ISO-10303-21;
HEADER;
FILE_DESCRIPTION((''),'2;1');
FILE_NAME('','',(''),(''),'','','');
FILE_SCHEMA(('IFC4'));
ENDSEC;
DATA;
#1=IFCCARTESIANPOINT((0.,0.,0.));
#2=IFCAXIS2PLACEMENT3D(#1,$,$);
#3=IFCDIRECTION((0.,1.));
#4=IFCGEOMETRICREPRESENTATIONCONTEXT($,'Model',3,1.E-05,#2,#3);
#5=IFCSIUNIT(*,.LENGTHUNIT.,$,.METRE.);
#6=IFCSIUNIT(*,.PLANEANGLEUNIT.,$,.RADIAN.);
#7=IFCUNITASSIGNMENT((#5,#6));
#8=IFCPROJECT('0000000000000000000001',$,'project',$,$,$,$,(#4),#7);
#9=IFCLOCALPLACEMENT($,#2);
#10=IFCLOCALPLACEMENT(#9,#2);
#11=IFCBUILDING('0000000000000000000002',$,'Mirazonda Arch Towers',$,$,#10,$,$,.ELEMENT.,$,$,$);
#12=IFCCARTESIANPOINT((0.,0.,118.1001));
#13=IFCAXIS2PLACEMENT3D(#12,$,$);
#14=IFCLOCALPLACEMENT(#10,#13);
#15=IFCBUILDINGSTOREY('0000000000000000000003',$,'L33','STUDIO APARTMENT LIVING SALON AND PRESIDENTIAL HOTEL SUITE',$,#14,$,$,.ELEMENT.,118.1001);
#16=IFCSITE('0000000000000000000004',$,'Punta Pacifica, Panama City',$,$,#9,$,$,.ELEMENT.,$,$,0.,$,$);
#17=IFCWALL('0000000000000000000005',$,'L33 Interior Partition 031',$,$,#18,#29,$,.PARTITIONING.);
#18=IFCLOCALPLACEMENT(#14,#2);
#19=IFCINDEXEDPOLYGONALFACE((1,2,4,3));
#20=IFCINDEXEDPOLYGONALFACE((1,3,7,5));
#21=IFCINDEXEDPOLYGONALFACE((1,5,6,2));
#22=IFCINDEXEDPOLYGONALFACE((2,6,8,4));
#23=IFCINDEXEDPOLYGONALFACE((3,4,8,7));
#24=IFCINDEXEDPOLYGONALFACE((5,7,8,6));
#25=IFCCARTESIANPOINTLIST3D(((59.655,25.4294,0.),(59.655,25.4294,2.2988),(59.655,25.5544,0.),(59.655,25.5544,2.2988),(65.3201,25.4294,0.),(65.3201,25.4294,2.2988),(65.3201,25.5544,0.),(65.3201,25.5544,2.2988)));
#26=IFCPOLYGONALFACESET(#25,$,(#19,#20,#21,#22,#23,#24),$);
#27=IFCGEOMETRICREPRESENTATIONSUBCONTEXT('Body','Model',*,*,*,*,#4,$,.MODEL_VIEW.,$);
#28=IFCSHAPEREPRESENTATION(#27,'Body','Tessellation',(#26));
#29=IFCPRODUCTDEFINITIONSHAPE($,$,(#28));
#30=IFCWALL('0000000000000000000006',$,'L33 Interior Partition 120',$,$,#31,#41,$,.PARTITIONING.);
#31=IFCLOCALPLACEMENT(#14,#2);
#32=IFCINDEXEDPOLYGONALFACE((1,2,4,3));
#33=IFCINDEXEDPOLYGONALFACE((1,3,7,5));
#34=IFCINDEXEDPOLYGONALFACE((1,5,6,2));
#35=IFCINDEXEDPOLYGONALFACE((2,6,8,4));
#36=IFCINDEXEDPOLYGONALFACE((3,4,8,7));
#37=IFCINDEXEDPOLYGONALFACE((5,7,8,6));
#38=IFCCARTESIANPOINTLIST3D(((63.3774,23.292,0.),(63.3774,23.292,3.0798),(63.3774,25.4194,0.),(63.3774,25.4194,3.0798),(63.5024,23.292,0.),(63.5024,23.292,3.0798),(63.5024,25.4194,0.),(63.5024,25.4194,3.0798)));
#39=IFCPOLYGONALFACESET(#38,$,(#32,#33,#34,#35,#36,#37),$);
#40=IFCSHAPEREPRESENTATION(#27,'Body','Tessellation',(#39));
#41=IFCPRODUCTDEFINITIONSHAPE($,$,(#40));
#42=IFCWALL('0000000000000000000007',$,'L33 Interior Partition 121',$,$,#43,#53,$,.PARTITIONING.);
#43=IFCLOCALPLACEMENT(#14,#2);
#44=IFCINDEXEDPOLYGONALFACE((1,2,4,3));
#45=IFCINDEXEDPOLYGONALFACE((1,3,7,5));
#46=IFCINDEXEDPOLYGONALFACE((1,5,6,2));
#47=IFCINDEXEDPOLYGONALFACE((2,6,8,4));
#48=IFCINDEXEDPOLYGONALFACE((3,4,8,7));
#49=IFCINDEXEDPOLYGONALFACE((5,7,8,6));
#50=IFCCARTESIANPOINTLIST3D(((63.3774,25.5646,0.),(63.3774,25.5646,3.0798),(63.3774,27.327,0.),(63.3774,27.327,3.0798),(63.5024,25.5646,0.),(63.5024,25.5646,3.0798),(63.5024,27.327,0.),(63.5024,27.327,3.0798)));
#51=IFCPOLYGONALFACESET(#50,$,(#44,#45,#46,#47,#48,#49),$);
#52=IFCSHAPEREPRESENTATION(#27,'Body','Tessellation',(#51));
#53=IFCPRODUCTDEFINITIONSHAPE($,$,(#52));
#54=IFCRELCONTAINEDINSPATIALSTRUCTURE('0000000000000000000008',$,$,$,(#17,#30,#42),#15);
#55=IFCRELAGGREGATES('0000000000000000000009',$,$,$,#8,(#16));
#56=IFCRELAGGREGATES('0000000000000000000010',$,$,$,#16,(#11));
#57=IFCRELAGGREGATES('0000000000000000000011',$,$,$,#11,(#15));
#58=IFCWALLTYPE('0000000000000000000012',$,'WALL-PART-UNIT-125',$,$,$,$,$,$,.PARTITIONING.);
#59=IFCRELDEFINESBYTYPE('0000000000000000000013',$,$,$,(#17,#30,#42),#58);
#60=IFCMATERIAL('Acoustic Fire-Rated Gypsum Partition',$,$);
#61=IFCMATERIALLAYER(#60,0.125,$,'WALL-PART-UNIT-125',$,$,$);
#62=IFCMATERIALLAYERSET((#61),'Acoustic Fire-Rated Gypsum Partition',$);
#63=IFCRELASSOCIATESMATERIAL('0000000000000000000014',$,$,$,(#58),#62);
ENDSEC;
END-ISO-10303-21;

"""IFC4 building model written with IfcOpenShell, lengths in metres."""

from ifc_helpers import new_model, si_unit, direction, frame, frame_2d, origin, place, context, subcontext, project, spatial, rectangle, extrude, material, layer, layer_set, type_object, element, save


model = new_model("IFC4")

# Units and contexts
model_context = context("Model", 3, precision=1e-05, world=origin(), true_north=direction((0.0, 1.0)))
body_context = subcontext(model_context, "Body", "Model", "MODEL_VIEW")
ifc_project = project(units=[si_unit("LENGTHUNIT", "METRE"), si_unit("PLANEANGLEUNIT", "RADIAN")], contexts=[model_context])

# Site, building, storey
site_placement = place(None, origin())
site = spatial("IfcSite", under=ifc_project, at=site_placement, Name="Punta Pacifica, Panama City", CompositionType="ELEMENT", RefElevation=0.0)
building_placement = place(site_placement, origin())
building = spatial("IfcBuilding", under=site, at=building_placement, Name="Mirazonda Arch Towers", CompositionType="ELEMENT")
storey_placement = place(building_placement, frame((0.0, 0.0, 118.1001)))
storey = spatial("IfcBuildingStorey", under=building, at=storey_placement, Name="L33", Description="STUDIO APARTMENT LIVING SALON AND PRESIDENTIAL HOTEL SUITE", CompositionType="ELEMENT", Elevation=118.1001)

# Walls
ifc_material_1 = material(Name="Acoustic Fire-Rated Gypsum Partition")
ifc_layer_1 = layer(ifc_material_1, 0.125, Name="WALL-PART-UNIT-125")
ifc_layer_set_1 = layer_set([ifc_layer_1], Name="Acoustic Fire-Rated Gypsum Partition")
wall_type_1 = type_object("IfcWallType", Name="WALL-PART-UNIT-125", PredefinedType="PARTITIONING", material=ifc_layer_set_1)
wall_1_placement = place(storey_placement, frame((59.655, 25.4919, 0.0), z_axis=(0.0, 0.0, 1.0), x_axis=(1.0, 0.0, 0.0)))
element("IfcWall", 1, at=wall_1_placement, inside=storey, type_object=wall_type_1, Name="L33 Interior Partition 031", PredefinedType="PARTITIONING", context=body_context, shape_type="SweptSolid", body=[
    extrude(rectangle(XDim=5.665, YDim=0.125, at=frame_2d((2.8325, 0.0))), origin(), (0.0, 0.0, 1.0), 2.2988),
])
wall_2_placement = place(storey_placement, frame((63.4399, 23.292, 0.0), z_axis=(0.0, 0.0, 1.0), x_axis=(0.0, 1.0, 0.0)))
element("IfcWall", 2, at=wall_2_placement, inside=storey, type_object=wall_type_1, Name="L33 Interior Partition 120", PredefinedType="PARTITIONING", context=body_context, shape_type="SweptSolid", body=[
    extrude(rectangle(XDim=2.1274, YDim=0.125, at=frame_2d((1.0637, 0.0))), origin(), (0.0, 0.0, 1.0), 3.0798),
])
wall_3_placement = place(storey_placement, frame((63.4399, 25.5645, 0.0), z_axis=(0.0, 0.0, 1.0), x_axis=(0.0, 1.0, 0.0)))
element("IfcWall", 3, at=wall_3_placement, inside=storey, type_object=wall_type_1, Name="L33 Interior Partition 121", PredefinedType="PARTITIONING", context=body_context, shape_type="SweptSolid", body=[
    extrude(rectangle(XDim=1.7625, YDim=0.125, at=frame_2d((0.8813, 0.0))), origin(), (0.0, 0.0, 1.0), 3.0798),
])

save(model, "model.ifc")
